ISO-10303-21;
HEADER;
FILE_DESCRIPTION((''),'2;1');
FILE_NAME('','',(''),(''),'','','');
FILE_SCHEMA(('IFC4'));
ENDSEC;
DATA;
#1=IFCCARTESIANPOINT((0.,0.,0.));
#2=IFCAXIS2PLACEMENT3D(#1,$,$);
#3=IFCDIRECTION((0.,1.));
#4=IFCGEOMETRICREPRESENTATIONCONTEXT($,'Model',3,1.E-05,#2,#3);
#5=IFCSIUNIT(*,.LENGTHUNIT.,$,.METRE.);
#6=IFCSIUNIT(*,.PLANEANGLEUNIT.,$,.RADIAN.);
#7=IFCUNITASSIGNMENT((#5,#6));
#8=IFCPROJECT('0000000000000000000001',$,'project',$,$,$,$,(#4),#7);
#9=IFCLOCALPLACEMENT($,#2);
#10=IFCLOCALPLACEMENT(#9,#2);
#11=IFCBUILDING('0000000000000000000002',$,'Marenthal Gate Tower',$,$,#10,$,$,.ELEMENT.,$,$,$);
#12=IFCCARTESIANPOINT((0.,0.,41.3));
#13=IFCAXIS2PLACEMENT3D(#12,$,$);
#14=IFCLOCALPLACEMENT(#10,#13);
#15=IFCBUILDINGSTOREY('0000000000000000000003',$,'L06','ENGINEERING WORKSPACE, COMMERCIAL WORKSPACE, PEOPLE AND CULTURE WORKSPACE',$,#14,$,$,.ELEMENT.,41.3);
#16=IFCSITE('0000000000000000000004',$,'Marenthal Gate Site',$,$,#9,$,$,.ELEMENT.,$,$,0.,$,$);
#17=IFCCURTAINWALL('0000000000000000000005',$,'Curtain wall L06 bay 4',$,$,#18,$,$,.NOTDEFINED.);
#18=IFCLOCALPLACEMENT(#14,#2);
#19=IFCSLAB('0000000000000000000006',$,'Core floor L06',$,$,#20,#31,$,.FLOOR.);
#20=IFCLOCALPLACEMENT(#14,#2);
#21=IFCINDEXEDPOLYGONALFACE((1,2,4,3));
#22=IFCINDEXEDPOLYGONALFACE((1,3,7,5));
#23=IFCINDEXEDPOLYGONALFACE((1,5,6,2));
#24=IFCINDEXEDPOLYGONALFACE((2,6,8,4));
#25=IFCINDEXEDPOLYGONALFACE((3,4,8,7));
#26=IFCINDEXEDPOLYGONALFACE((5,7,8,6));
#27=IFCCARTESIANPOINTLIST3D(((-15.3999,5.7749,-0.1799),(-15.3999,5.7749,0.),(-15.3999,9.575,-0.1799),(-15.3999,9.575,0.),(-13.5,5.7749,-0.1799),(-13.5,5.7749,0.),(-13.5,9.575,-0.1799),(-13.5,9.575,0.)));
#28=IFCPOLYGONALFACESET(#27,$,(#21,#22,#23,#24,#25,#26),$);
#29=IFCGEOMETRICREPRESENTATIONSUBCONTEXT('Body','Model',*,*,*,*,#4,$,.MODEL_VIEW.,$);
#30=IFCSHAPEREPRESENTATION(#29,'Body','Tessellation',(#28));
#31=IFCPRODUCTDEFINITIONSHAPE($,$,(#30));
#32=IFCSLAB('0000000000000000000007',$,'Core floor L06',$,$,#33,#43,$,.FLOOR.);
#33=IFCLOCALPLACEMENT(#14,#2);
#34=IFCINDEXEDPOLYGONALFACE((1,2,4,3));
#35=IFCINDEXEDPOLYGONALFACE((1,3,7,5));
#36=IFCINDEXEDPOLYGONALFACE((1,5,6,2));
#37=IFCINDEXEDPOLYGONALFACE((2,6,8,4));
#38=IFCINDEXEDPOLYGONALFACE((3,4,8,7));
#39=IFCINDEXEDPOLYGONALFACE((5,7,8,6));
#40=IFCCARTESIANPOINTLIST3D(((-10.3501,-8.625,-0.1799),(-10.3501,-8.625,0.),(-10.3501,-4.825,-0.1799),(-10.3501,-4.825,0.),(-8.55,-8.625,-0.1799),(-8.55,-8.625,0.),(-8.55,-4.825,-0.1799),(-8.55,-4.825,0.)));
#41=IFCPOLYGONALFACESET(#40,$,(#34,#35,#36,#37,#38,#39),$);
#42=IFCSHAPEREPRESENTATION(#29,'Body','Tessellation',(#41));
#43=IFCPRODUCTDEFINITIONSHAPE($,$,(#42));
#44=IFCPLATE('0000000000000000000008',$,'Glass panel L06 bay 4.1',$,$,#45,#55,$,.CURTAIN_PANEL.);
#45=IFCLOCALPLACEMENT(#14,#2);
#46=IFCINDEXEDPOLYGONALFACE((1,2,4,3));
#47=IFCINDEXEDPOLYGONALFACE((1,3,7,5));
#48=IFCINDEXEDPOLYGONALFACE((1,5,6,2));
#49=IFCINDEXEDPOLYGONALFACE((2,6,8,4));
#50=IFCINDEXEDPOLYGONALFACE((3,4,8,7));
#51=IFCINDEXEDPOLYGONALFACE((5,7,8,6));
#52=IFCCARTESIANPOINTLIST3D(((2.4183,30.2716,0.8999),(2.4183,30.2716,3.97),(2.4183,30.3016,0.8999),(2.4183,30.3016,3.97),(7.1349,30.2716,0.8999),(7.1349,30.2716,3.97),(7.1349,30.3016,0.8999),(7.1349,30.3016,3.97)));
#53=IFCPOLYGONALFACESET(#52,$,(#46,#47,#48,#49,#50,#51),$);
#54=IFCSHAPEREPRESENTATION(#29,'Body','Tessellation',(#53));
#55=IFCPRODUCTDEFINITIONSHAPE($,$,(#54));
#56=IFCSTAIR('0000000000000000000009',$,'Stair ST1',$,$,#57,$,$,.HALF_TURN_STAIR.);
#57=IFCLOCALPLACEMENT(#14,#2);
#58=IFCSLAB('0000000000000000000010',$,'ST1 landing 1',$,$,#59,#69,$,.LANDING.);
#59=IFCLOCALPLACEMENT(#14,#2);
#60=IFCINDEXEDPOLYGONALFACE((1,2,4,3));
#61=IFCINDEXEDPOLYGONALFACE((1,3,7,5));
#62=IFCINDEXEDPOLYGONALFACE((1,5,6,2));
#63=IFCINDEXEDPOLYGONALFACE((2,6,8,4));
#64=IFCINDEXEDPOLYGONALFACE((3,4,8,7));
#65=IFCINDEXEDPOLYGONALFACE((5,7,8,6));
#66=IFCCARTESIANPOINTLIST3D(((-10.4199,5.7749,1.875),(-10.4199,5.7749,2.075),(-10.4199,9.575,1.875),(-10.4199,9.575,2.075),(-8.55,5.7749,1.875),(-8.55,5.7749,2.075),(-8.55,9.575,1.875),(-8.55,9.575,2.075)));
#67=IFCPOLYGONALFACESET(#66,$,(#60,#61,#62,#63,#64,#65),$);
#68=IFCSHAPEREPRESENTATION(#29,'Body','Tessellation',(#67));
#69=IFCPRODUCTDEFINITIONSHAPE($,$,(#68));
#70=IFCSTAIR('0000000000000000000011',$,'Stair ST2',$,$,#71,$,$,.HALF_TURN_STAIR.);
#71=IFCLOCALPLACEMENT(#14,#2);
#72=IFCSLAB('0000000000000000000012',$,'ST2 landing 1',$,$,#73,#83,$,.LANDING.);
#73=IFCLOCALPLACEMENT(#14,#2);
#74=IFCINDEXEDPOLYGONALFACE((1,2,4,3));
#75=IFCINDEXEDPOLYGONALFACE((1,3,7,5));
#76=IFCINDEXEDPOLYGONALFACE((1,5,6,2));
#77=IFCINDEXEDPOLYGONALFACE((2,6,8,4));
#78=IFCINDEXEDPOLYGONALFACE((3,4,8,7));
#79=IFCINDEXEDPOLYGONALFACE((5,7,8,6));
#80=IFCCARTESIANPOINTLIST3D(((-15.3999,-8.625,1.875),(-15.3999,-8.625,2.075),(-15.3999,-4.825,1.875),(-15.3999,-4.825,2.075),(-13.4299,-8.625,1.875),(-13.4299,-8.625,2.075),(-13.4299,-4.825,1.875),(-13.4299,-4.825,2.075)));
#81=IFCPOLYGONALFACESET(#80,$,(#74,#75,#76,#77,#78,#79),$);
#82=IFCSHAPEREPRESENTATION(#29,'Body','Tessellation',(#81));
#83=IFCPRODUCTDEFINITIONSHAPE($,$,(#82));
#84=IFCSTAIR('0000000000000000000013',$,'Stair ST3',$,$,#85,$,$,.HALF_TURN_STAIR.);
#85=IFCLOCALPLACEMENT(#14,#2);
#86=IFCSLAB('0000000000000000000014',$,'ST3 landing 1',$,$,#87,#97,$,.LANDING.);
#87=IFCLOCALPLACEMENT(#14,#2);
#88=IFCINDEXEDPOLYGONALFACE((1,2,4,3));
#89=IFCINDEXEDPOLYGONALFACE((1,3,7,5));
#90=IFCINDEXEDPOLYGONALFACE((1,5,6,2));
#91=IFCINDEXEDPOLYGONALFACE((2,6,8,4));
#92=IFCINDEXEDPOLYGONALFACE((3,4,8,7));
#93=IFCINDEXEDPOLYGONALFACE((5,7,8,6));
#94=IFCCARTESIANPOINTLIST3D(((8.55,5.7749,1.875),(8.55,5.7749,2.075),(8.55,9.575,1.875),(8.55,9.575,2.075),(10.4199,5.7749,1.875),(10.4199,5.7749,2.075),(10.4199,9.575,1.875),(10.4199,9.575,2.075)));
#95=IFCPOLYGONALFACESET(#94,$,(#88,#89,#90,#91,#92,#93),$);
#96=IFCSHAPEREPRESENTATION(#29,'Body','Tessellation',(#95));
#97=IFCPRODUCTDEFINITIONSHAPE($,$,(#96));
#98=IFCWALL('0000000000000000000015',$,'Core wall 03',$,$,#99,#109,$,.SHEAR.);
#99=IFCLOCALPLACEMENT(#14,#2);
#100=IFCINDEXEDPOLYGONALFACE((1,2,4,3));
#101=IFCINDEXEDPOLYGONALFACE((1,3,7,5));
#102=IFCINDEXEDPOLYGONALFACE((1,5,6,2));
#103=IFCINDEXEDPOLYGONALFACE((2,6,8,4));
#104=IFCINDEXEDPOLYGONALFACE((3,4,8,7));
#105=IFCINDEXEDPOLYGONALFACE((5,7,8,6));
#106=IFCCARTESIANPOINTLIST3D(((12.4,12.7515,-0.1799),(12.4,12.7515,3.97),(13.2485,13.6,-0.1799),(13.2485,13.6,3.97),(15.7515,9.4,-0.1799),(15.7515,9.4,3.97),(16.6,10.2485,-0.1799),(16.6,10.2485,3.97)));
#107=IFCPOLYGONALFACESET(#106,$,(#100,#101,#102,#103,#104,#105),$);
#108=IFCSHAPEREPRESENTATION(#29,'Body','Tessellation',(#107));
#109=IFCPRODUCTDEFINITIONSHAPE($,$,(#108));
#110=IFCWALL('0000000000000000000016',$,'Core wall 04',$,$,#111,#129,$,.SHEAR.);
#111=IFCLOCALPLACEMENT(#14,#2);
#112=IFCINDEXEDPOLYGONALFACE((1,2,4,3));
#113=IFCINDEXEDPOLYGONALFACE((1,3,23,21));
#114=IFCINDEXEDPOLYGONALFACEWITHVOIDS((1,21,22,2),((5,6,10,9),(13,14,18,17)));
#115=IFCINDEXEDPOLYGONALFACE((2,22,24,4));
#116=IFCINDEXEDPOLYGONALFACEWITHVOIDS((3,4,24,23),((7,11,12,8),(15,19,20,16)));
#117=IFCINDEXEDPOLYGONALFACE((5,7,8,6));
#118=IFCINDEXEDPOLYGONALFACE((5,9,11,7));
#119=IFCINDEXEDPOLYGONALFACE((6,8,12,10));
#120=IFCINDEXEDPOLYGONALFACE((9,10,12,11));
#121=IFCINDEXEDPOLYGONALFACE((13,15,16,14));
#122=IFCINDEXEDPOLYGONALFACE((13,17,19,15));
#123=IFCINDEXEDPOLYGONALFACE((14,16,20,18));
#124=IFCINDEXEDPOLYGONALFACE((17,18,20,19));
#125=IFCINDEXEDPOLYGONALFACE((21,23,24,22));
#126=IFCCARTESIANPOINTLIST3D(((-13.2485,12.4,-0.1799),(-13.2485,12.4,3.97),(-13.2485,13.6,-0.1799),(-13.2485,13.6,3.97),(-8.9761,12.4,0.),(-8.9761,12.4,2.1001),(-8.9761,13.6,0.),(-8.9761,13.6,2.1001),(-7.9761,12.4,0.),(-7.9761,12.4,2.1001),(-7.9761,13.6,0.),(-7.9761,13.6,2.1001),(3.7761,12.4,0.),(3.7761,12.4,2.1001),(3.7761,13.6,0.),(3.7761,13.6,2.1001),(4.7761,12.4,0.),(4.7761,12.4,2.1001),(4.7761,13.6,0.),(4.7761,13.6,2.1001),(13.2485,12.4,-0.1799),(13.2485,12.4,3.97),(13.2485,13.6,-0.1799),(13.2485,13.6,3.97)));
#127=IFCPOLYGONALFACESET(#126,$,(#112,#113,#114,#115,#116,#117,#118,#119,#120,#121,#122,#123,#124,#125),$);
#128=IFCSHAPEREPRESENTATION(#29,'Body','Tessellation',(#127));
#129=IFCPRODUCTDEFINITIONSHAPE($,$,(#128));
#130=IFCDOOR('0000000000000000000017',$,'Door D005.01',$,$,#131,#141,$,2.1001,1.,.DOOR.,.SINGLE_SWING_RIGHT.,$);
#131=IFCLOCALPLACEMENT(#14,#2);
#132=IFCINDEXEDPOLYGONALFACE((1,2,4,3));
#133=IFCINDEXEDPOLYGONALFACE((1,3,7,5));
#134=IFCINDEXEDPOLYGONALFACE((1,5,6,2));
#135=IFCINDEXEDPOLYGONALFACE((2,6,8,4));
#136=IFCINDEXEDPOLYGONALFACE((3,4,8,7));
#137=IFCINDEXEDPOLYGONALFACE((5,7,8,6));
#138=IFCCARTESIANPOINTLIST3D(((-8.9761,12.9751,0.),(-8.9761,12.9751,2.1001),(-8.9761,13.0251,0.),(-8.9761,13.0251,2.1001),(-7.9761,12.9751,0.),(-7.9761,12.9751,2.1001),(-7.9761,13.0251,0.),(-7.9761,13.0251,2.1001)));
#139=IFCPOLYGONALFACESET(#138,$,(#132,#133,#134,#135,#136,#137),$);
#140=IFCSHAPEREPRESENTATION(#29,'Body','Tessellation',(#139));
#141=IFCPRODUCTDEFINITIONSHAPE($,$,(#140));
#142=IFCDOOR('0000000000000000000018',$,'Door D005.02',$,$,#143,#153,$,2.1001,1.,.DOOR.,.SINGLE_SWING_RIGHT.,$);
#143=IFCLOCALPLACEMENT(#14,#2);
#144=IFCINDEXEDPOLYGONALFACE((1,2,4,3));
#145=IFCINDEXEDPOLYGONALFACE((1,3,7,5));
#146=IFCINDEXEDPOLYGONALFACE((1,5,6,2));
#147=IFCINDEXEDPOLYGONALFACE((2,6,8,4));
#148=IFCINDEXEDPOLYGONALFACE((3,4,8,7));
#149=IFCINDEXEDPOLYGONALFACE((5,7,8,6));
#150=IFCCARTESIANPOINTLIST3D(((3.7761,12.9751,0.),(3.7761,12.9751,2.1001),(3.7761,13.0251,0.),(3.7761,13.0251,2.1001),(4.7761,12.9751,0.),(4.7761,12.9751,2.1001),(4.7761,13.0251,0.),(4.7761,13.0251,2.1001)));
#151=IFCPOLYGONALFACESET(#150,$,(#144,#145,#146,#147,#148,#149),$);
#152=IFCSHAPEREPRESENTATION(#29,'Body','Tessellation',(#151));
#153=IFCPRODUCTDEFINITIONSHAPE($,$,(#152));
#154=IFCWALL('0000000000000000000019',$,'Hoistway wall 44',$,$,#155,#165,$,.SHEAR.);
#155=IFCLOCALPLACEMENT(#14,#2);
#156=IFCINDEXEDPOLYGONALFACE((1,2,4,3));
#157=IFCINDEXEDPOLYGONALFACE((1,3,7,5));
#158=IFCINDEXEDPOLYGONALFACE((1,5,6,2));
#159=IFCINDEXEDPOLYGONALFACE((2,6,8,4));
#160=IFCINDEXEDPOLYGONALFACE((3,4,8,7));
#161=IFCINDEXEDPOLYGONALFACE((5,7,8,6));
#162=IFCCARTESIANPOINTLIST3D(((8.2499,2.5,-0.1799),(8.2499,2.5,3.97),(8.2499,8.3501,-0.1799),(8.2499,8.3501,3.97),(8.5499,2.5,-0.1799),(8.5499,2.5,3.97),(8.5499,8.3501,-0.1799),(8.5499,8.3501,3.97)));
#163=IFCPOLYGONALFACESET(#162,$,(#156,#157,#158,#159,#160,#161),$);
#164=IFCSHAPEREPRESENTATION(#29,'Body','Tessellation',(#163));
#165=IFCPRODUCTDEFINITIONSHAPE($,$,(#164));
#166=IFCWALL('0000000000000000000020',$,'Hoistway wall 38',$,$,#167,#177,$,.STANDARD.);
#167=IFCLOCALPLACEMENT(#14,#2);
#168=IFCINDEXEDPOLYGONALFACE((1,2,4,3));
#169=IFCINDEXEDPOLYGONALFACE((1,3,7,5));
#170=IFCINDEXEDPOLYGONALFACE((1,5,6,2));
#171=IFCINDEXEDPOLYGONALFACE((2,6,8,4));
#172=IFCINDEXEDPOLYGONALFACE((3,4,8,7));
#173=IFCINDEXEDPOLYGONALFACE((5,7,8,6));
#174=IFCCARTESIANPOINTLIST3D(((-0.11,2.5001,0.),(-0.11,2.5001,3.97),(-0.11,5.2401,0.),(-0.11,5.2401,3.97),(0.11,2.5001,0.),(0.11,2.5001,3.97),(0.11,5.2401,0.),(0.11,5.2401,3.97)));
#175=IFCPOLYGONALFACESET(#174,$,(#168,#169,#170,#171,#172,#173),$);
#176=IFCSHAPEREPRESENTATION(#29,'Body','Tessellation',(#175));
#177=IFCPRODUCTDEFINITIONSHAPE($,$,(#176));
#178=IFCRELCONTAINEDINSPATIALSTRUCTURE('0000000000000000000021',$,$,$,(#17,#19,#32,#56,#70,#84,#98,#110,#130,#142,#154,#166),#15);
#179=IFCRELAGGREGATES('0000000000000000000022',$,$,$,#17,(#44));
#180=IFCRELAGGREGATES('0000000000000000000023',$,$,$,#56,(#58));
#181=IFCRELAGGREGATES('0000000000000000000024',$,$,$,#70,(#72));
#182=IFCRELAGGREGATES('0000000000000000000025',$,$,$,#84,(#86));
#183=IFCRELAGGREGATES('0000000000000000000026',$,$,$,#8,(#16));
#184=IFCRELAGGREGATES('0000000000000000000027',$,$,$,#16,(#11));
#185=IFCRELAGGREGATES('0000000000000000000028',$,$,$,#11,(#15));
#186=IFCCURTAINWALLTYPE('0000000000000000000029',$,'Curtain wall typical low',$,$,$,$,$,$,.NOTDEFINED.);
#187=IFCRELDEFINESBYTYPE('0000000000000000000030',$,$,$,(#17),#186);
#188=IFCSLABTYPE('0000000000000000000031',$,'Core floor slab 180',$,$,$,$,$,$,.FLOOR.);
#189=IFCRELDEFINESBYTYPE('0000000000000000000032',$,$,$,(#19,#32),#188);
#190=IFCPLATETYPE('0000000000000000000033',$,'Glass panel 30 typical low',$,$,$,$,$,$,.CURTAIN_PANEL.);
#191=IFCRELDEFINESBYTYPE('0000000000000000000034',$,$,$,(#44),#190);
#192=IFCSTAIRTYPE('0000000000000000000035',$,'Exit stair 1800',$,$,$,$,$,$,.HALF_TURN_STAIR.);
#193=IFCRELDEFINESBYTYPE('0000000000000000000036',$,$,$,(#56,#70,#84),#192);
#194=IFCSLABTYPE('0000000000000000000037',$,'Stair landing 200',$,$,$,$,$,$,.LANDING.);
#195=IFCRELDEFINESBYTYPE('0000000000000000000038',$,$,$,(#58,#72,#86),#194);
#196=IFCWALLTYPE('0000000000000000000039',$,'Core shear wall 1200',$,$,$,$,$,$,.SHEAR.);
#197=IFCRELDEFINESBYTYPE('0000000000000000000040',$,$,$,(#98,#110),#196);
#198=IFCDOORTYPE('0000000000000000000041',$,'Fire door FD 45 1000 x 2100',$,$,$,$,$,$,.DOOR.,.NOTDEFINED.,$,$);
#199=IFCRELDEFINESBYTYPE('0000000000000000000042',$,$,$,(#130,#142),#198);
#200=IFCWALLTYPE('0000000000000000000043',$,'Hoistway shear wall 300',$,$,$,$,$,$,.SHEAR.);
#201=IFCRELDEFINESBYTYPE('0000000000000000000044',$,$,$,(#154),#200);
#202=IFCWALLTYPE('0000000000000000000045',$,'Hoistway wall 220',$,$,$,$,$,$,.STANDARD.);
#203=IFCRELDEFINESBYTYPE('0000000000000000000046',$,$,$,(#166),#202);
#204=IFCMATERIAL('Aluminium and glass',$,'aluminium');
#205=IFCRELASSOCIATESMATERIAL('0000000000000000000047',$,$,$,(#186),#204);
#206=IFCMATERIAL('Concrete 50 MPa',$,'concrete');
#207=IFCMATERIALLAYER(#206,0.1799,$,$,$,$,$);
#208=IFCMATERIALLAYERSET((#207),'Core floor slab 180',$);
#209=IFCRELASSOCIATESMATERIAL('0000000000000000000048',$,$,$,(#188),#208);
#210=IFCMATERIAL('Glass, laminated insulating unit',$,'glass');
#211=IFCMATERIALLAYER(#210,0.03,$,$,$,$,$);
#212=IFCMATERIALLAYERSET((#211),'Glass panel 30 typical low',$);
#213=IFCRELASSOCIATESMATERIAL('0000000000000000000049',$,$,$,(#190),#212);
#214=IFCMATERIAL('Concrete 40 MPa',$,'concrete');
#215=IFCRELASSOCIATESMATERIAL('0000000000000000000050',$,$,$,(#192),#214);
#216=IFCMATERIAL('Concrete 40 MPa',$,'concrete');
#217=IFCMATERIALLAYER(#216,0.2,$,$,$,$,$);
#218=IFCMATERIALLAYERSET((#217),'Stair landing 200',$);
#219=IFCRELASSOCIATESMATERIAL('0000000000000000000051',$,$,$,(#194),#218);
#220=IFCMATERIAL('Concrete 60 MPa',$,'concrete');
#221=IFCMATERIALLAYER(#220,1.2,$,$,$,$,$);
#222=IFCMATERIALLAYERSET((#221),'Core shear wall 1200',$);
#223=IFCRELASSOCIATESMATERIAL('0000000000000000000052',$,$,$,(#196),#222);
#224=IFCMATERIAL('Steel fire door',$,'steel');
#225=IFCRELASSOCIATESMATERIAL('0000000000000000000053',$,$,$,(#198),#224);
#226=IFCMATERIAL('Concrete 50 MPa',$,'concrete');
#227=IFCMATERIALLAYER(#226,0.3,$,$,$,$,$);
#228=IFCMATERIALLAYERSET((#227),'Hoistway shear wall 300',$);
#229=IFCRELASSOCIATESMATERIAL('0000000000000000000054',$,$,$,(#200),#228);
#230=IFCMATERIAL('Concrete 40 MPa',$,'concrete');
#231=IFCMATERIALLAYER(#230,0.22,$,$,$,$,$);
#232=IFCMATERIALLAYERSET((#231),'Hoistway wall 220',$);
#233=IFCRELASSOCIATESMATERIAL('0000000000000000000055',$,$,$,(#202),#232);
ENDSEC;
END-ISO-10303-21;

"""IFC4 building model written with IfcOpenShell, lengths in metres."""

from ifc_helpers import new_model, si_unit, direction, frame, frame_2d, origin, origin_2d, place, context, subcontext, project, spatial, polyline, rectangle, outline, extrude, material, layer, layer_set, type_object, element, fill, aggregate, save


model = new_model("IFC4")

# Units and contexts
model_context = context("Model", 3, precision=1e-05, world=origin(), true_north=direction((0.0, 1.0)))
body_context = subcontext(model_context, "Body", "Model", "MODEL_VIEW")
ifc_project = project(units=[si_unit("LENGTHUNIT", "METRE"), si_unit("PLANEANGLEUNIT", "RADIAN")], contexts=[model_context])

# Site, building, storey
site_placement = place(None, origin())
site = spatial("IfcSite", under=ifc_project, at=site_placement, Name="Marenthal Gate Site", CompositionType="ELEMENT", RefElevation=0.0)
building_placement = place(site_placement, origin())
building = spatial("IfcBuilding", under=site, at=building_placement, Name="Marenthal Gate Tower", CompositionType="ELEMENT")
storey_placement = place(building_placement, frame((0.0, 0.0, 41.3)))
storey = spatial("IfcBuildingStorey", under=building, at=storey_placement, Name="L06", Description="ENGINEERING WORKSPACE, COMMERCIAL WORKSPACE, PEOPLE AND CULTURE WORKSPACE", CompositionType="ELEMENT", Elevation=41.3)

# Curtain wall
ifc_material_1 = material(Name="Aluminium and glass", Category="aluminium")
curtain_wall_type = type_object("IfcCurtainWallType", Name="Curtain wall typical low", PredefinedType="NOTDEFINED", material=ifc_material_1)
curtain_wall_placement = place(storey_placement, origin())
curtain_wall = element("IfcCurtainWall", 1, at=curtain_wall_placement, inside=storey, type_object=curtain_wall_type, Name="Curtain wall L06 bay 4", PredefinedType="NOTDEFINED")

# Slabs
ifc_material_2 = material(Name="Concrete 50 MPa", Category="concrete")
ifc_layer_1 = layer(ifc_material_2, 0.1799)
ifc_layer_set_1 = layer_set([ifc_layer_1], Name="Core floor slab 180")
slab_type_1 = type_object("IfcSlabType", Name="Core floor slab 180", PredefinedType="FLOOR", material=ifc_layer_set_1)
slab_1_placement = place(storey_placement, frame((0.0, 0.0, -0.1799)))
element("IfcSlab", 2, at=slab_1_placement, inside=storey, type_object=slab_type_1, Name="Core floor L06", PredefinedType="FLOOR", context=body_context, shape_type="SweptSolid", body=[
    extrude(outline(polyline([(-15.3999, 9.575), (-13.5, 9.575), (-13.5, 5.7749), (-15.3999, 5.7749), (-15.3999, 9.575)])), origin(), (0.0, 0.0, 1.0), 0.1799),
])
slab_2_placement = place(storey_placement, frame((0.0, 0.0, -0.1799)))
element("IfcSlab", 3, at=slab_2_placement, inside=storey, type_object=slab_type_1, Name="Core floor L06", PredefinedType="FLOOR", context=body_context, shape_type="SweptSolid", body=[
    extrude(outline(polyline([(-8.55, -8.625), (-10.3501, -8.625), (-10.3501, -4.825), (-8.55, -4.825), (-8.55, -8.625)])), origin(), (0.0, 0.0, 1.0), 0.1799),
])

# Plate
ifc_material_3 = material(Name="Glass, laminated insulating unit", Category="glass")
ifc_layer_2 = layer(ifc_material_3, 0.03)
ifc_layer_set_2 = layer_set([ifc_layer_2], Name="Glass panel 30 typical low")
plate_type = type_object("IfcPlateType", Name="Glass panel 30 typical low", PredefinedType="CURTAIN_PANEL", material=ifc_layer_set_2)
plate_placement = place(storey_placement, frame((4.7766, 30.2866, 0.8999), z_axis=(0.0, 0.0, 1.0), x_axis=(-1.0, 0.0, 0.0)))
plate = element("IfcPlate", 4, at=plate_placement, type_object=plate_type, Name="Glass panel L06 bay 4.1", PredefinedType="CURTAIN_PANEL", context=body_context, shape_type="SweptSolid", body=[
    extrude(rectangle(XDim=4.7166, YDim=0.03, at=origin_2d()), origin(), (0.0, 0.0, 1.0), 3.0701),
])
aggregate(curtain_wall, [plate])

# Stairs, slabs
ifc_material_4 = material(Name="Concrete 40 MPa", Category="concrete")
stair_type = type_object("IfcStairType", Name="Exit stair 1800", PredefinedType="HALF_TURN_STAIR", material=ifc_material_4)
stair_1_placement = place(storey_placement, origin())
stair_1 = element("IfcStair", 5, at=stair_1_placement, inside=storey, type_object=stair_type, Name="Stair ST1", PredefinedType="HALF_TURN_STAIR")
ifc_material_5 = material(Name="Concrete 40 MPa", Category="concrete")
ifc_layer_3 = layer(ifc_material_5, 0.2)
ifc_layer_set_3 = layer_set([ifc_layer_3], Name="Stair landing 200")
slab_type_2 = type_object("IfcSlabType", Name="Stair landing 200", PredefinedType="LANDING", material=ifc_layer_set_3)
slab_3_placement = place(storey_placement, frame((0.0, 0.0, 1.875)))
slab_3 = element("IfcSlab", 6, at=slab_3_placement, type_object=slab_type_2, Name="ST1 landing 1", PredefinedType="LANDING", context=body_context, shape_type="SweptSolid", body=[
    extrude(outline(polyline([(-10.4199, 5.7749), (-8.55, 5.7749), (-8.55, 9.575), (-10.4199, 9.575), (-10.4199, 5.7749)])), origin(), (0.0, 0.0, 1.0), 0.2),
])
aggregate(stair_1, [slab_3])
stair_2_placement = place(storey_placement, origin())
stair_2 = element("IfcStair", 7, at=stair_2_placement, inside=storey, type_object=stair_type, Name="Stair ST2", PredefinedType="HALF_TURN_STAIR")
slab_4_placement = place(storey_placement, frame((0.0, 0.0, 1.875)))
slab_4 = element("IfcSlab", 8, at=slab_4_placement, type_object=slab_type_2, Name="ST2 landing 1", PredefinedType="LANDING", context=body_context, shape_type="SweptSolid", body=[
    extrude(outline(polyline([(-15.3999, -8.625), (-13.4299, -8.625), (-13.4299, -4.825), (-15.3999, -4.825), (-15.3999, -8.625)])), origin(), (0.0, 0.0, 1.0), 0.2),
])
aggregate(stair_2, [slab_4])
stair_3_placement = place(storey_placement, origin())
stair_3 = element("IfcStair", 9, at=stair_3_placement, inside=storey, type_object=stair_type, Name="Stair ST3", PredefinedType="HALF_TURN_STAIR")
slab_5_placement = place(storey_placement, frame((0.0, 0.0, 1.875)))
slab_5 = element("IfcSlab", 10, at=slab_5_placement, type_object=slab_type_2, Name="ST3 landing 1", PredefinedType="LANDING", context=body_context, shape_type="SweptSolid", body=[
    extrude(outline(polyline([(8.55, 5.7749), (10.4199, 5.7749), (10.4199, 9.575), (8.55, 9.575), (8.55, 5.7749)])), origin(), (0.0, 0.0, 1.0), 0.2),
])

# Wall
ifc_material_6 = material(Name="Concrete 60 MPa", Category="concrete")
ifc_layer_4 = layer(ifc_material_6, 1.2)
ifc_layer_set_4 = layer_set([ifc_layer_4], Name="Core shear wall 1200")
wall_type_1 = type_object("IfcWallType", Name="Core shear wall 1200", PredefinedType="SHEAR", material=ifc_layer_set_4)
wall_1_placement = place(storey_placement, frame((16.1758, 9.8242, -0.1799), z_axis=(0.0, 0.0, 1.0), x_axis=(-0.707107, 0.707107, 0.0)))
element("IfcWall", 11, at=wall_1_placement, inside=storey, type_object=wall_type_1, Name="Core wall 03", PredefinedType="SHEAR", context=body_context, shape_type="SweptSolid", body=[
    extrude(rectangle(XDim=4.7397, YDim=1.2, at=frame_2d((2.3699, 0.0))), origin(), (0.0, 0.0, 1.0), 4.1499),
])

# Wall, openings, doors
wall_2_placement = place(storey_placement, frame((13.2485, 13.0, -0.1799), z_axis=(0.0, 0.0, 1.0), x_axis=(-1.0, 0.0, 0.0)))
wall_2 = element("IfcWall", 12, at=wall_2_placement, inside=storey, type_object=wall_type_1, Name="Core wall 04", PredefinedType="SHEAR", context=body_context, shape_type="SweptSolid", body=[
    extrude(rectangle(XDim=26.4971, YDim=1.2, at=frame_2d((13.2485, 0.0))), origin(), (0.0, 0.0, 1.0), 4.1499),
])
opening_1_placement = place(wall_2_placement, frame((21.2246, 0.0, 0.1799)))
opening_1 = element("IfcOpeningElement", 13, at=opening_1_placement, cuts=wall_2, PredefinedType="OPENING", context=body_context, shape_type="SweptSolid", body=[
    extrude(rectangle(XDim=1.0, YDim=2.1001, at=frame_2d((0.5, 1.05))), frame((0.0, 0.6099, 0.0), z_axis=(0.0, -1.0, 0.0), x_axis=(1.0, 0.0, 0.0)), (0.0, 0.0, 1.0), 1.22),
])
opening_2_placement = place(wall_2_placement, frame((8.4724, 0.0, 0.1799)))
opening_2 = element("IfcOpeningElement", 14, at=opening_2_placement, cuts=wall_2, PredefinedType="OPENING", context=body_context, shape_type="SweptSolid", body=[
    extrude(rectangle(XDim=1.0, YDim=2.1001, at=frame_2d((0.5, 1.05))), frame((0.0, 0.6099, 0.0), z_axis=(0.0, -1.0, 0.0), x_axis=(1.0, 0.0, 0.0)), (0.0, 0.0, 1.0), 1.22),
])
ifc_material_7 = material(Name="Steel fire door", Category="steel")
door_type_1 = type_object("IfcDoorType", Name="Fire door FD 45 1000 x 2100", OperationType="NOTDEFINED", PredefinedType="DOOR", material=ifc_material_7)
door_1_placement = place(opening_1_placement, origin())
door_1 = element("IfcDoor", 15, at=door_1_placement, inside=storey, type_object=door_type_1, Name="Door D005.01", OperationType="SINGLE_SWING_RIGHT", OverallHeight=2.1001, OverallWidth=1.0, PredefinedType="DOOR", context=body_context, shape_type="SweptSolid", body=[
    extrude(rectangle(XDim=1.0, YDim=2.1001, at=frame_2d((0.5, 1.05))), frame((0.0, 0.0249, 0.0), z_axis=(0.0, -1.0, 0.0), x_axis=(1.0, 0.0, 0.0)), (0.0, 0.0, 1.0), 0.05),
])
fill(opening_1, door_1)
door_2_placement = place(opening_2_placement, origin())
door_2 = element("IfcDoor", 16, at=door_2_placement, inside=storey, type_object=door_type_1, Name="Door D005.02", OperationType="SINGLE_SWING_RIGHT", OverallHeight=2.1001, OverallWidth=1.0, PredefinedType="DOOR", context=body_context, shape_type="SweptSolid", body=[
    extrude(rectangle(XDim=1.0, YDim=2.1001, at=frame_2d((0.5, 1.05))), frame((0.0, 0.0249, 0.0), z_axis=(0.0, -1.0, 0.0), x_axis=(1.0, 0.0, 0.0)), (0.0, 0.0, 1.0), 0.05),
])
fill(opening_2, door_2)

# Walls
ifc_material_8 = material(Name="Concrete 50 MPa", Category="concrete")
ifc_layer_5 = layer(ifc_material_8, 0.3)
ifc_layer_set_5 = layer_set([ifc_layer_5], Name="Hoistway shear wall 300")
wall_type_2 = type_object("IfcWallType", Name="Hoistway shear wall 300", PredefinedType="SHEAR", material=ifc_layer_set_5)
wall_3_placement = place(storey_placement, frame((8.3999, 2.5, -0.1799), z_axis=(0.0, 0.0, 1.0), x_axis=(0.0, 1.0, 0.0)))
element("IfcWall", 17, at=wall_3_placement, inside=storey, type_object=wall_type_2, Name="Hoistway wall 44", PredefinedType="SHEAR", context=body_context, shape_type="SweptSolid", body=[
    extrude(rectangle(XDim=5.8501, YDim=0.3, at=frame_2d((2.925, 0.0))), origin(), (0.0, 0.0, 1.0), 4.1499),
])
ifc_material_9 = material(Name="Concrete 40 MPa", Category="concrete")
ifc_layer_6 = layer(ifc_material_9, 0.22)
ifc_layer_set_6 = layer_set([ifc_layer_6], Name="Hoistway wall 220")
wall_type_3 = type_object("IfcWallType", Name="Hoistway wall 220", PredefinedType="STANDARD", material=ifc_layer_set_6)
wall_4_placement = place(storey_placement, frame((0.0, 2.5, 0.0), z_axis=(0.0, 0.0, 1.0), x_axis=(0.0, 1.0, 0.0)))
element("IfcWall", 18, at=wall_4_placement, inside=storey, type_object=wall_type_3, Name="Hoistway wall 38", PredefinedType="STANDARD", context=body_context, shape_type="SweptSolid", body=[
    extrude(rectangle(XDim=2.74, YDim=0.22, at=frame_2d((1.3701, 0.0))), origin(), (0.0, 0.0, 1.0), 3.97),
])

aggregate(stair_3, [slab_5])

save(model, "model.ifc")
